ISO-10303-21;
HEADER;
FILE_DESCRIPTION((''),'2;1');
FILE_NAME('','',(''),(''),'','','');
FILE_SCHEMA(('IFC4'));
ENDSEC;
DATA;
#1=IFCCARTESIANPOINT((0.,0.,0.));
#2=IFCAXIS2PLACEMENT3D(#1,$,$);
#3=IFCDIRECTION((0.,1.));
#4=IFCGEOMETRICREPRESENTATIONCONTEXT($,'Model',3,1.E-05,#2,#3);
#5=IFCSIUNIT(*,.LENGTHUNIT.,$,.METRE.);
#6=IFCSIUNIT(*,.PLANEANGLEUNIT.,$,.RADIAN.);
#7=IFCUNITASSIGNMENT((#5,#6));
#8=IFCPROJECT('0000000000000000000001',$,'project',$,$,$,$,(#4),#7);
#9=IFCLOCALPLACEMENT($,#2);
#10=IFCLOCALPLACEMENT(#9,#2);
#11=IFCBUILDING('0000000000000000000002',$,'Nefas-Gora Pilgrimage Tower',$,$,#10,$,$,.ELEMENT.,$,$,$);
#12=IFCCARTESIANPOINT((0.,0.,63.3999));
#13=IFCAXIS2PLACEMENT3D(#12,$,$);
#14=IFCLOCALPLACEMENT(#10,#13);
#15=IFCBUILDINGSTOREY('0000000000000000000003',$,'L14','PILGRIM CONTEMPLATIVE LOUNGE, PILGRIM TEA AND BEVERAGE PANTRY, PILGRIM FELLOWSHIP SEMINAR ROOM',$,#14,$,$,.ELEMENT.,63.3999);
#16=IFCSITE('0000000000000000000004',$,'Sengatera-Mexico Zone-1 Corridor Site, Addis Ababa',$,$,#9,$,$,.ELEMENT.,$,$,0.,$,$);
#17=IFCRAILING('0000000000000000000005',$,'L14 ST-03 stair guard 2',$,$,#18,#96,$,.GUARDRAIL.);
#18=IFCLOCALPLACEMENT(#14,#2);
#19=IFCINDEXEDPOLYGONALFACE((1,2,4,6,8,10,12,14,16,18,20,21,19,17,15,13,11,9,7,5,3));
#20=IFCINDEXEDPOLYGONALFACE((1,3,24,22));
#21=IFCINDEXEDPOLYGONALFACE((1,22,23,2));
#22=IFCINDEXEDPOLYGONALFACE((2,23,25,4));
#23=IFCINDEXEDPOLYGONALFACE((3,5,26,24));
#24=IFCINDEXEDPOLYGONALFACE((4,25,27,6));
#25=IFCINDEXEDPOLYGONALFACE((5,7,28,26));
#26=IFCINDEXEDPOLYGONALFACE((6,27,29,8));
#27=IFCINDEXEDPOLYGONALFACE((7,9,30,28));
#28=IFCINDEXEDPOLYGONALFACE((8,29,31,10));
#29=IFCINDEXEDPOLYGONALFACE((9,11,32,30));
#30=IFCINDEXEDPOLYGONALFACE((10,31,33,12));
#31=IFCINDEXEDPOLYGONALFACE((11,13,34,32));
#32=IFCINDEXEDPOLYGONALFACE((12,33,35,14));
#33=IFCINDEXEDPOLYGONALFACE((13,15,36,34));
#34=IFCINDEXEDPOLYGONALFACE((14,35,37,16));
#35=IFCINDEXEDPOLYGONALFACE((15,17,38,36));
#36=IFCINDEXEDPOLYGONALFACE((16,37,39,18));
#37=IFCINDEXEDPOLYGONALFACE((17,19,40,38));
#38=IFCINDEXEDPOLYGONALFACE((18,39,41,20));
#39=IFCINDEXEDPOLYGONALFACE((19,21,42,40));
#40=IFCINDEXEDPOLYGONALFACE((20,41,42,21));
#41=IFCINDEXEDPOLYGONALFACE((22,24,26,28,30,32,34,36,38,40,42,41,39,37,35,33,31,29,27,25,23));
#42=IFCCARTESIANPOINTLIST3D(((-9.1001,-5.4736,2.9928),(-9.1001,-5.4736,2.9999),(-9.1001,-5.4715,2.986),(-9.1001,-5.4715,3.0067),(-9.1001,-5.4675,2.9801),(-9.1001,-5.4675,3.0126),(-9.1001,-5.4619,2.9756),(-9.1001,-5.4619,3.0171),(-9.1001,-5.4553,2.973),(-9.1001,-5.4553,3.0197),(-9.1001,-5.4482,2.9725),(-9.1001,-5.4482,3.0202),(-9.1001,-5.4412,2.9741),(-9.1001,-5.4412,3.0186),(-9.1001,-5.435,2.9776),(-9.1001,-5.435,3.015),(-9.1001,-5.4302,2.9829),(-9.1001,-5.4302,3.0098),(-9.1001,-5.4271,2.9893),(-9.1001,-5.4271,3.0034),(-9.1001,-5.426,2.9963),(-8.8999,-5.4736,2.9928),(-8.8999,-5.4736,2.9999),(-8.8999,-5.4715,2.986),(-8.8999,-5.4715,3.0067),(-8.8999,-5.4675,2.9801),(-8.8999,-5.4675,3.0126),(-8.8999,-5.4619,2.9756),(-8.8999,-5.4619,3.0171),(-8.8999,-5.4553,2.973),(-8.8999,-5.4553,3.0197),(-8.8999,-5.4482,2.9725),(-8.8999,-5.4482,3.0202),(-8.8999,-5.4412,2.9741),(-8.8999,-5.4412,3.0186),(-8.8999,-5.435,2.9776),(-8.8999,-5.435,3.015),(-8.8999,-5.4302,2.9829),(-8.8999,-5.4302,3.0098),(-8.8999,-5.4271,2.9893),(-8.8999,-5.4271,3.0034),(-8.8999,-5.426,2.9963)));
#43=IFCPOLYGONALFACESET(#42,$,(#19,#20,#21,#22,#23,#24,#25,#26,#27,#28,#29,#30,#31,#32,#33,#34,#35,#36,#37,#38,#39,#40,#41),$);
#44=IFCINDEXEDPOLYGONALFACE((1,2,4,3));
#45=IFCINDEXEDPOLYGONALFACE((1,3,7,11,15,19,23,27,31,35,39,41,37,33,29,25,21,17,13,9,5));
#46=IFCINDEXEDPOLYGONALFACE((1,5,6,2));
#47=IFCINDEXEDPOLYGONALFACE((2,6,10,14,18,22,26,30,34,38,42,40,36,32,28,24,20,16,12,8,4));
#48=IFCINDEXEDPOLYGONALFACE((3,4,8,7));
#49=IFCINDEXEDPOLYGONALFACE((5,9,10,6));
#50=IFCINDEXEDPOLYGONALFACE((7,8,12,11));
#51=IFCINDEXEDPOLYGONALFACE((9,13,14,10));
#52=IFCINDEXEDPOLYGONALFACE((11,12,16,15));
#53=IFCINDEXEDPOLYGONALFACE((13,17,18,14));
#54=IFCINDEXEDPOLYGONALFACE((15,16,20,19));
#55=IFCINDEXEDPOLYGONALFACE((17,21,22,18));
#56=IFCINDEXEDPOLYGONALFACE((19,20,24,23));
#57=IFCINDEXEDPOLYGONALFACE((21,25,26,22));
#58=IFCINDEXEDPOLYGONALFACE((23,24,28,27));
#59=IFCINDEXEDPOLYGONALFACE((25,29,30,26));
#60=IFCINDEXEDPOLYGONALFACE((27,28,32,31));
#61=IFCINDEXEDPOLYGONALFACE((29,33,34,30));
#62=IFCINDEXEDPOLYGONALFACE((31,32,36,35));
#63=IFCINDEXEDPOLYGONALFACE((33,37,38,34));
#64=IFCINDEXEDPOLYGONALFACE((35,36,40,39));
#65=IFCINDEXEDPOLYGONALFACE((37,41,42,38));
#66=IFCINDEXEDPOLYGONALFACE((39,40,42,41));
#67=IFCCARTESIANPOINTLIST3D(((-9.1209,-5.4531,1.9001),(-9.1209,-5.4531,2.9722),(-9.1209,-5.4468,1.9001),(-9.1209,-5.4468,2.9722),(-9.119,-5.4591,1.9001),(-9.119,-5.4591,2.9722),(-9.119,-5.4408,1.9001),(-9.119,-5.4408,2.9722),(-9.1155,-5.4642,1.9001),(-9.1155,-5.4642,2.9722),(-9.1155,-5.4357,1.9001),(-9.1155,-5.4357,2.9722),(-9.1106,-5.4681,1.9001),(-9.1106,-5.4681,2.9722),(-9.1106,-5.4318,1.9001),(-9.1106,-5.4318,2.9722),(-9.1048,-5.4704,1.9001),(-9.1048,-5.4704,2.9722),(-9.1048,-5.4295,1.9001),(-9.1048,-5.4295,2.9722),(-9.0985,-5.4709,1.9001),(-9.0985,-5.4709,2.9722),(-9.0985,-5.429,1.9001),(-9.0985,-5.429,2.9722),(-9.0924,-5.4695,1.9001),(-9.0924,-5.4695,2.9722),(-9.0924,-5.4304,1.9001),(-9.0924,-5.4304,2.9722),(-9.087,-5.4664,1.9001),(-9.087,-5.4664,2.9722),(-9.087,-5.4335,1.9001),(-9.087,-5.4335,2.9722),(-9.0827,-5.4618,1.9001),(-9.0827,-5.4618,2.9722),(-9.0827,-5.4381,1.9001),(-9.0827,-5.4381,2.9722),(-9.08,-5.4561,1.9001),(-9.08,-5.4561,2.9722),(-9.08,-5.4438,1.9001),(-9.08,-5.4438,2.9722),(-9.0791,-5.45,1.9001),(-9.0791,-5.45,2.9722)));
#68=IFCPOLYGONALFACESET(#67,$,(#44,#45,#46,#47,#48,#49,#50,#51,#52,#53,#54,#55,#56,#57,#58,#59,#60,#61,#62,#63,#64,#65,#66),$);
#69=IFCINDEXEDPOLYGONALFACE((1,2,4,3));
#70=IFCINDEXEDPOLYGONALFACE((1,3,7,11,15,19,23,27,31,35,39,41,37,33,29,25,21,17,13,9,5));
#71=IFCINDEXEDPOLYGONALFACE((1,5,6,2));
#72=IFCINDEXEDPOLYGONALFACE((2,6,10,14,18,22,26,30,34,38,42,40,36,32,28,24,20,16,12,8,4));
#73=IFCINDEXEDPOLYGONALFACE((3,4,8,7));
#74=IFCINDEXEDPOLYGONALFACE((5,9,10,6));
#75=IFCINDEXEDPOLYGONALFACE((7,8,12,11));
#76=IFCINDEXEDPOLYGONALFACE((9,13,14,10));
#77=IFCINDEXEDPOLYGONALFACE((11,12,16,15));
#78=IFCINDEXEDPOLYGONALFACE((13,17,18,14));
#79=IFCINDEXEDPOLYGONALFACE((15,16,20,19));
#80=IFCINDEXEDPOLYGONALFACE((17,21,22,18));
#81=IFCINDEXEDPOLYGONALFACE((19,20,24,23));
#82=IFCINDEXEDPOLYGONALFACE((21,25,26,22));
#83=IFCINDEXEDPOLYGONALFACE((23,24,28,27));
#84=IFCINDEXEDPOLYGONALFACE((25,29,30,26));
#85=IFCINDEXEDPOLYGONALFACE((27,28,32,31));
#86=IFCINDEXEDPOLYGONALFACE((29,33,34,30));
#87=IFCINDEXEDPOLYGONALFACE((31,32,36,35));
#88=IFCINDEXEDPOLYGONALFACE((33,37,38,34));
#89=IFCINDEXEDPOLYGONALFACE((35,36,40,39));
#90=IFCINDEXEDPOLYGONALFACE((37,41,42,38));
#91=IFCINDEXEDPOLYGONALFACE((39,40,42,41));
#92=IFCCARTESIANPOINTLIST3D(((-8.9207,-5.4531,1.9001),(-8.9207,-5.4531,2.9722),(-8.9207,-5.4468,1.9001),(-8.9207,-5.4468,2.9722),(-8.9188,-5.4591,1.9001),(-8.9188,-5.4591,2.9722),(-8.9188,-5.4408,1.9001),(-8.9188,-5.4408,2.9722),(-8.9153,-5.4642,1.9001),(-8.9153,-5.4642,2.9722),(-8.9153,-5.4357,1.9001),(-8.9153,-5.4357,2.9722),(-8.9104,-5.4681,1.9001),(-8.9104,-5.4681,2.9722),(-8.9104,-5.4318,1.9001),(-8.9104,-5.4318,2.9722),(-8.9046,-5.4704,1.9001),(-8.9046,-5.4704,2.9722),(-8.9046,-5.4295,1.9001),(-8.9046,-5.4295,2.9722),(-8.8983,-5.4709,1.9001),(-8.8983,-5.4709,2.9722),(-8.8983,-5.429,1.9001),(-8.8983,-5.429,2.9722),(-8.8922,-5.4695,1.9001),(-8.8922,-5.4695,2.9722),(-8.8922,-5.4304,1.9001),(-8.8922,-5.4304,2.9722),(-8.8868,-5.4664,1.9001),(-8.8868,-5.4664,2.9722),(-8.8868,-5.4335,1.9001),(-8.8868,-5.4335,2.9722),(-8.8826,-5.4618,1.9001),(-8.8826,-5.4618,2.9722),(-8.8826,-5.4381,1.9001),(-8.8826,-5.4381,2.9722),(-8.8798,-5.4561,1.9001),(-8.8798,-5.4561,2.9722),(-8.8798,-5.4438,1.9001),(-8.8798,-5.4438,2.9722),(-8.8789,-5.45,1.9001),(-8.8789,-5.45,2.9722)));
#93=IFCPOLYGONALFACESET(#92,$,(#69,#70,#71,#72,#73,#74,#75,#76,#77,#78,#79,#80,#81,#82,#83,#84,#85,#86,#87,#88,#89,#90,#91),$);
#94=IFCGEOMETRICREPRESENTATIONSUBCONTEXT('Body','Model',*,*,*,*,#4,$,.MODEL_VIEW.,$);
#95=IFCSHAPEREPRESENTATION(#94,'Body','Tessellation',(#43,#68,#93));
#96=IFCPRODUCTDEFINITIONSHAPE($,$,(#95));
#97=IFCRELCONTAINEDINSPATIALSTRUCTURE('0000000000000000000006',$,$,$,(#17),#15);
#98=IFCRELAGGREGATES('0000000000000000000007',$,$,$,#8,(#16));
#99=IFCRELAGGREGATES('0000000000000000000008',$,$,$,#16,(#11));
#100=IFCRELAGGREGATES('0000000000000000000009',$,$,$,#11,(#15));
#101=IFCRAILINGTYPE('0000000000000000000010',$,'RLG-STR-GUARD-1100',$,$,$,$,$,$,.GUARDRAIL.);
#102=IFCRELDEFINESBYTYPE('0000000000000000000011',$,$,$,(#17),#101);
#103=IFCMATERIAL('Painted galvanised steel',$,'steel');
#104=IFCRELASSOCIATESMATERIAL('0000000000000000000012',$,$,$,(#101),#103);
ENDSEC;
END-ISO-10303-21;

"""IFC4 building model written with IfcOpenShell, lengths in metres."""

from ifc_helpers import new_model, si_unit, direction, frame, origin, origin_2d, place, context, subcontext, project, spatial, circle, extrude, material, type_object, element, save


model = new_model("IFC4")

# Units and contexts
model_context = context("Model", 3, precision=1e-05, world=origin(), true_north=direction((0.0, 1.0)))
body_context = subcontext(model_context, "Body", "Model", "MODEL_VIEW")
ifc_project = project(units=[si_unit("LENGTHUNIT", "METRE"), si_unit("PLANEANGLEUNIT", "RADIAN")], contexts=[model_context])

# Site, building, storey
site_placement = place(None, origin())
site = spatial("IfcSite", under=ifc_project, at=site_placement, Name="Sengatera-Mexico Zone-1 Corridor Site, Addis Ababa", CompositionType="ELEMENT", RefElevation=0.0)
building_placement = place(site_placement, origin())
building = spatial("IfcBuilding", under=site, at=building_placement, Name="Nefas-Gora Pilgrimage Tower", CompositionType="ELEMENT")
storey_placement = place(building_placement, frame((0.0, 0.0, 63.3999)))
storey = spatial("IfcBuildingStorey", under=building, at=storey_placement, Name="L14", Description="PILGRIM CONTEMPLATIVE LOUNGE, PILGRIM TEA AND BEVERAGE PANTRY, PILGRIM FELLOWSHIP SEMINAR ROOM", CompositionType="ELEMENT", Elevation=63.3999)

# Railing
ifc_material_1 = material(Name="Painted galvanised steel", Category="steel")
railing_type_1 = type_object("IfcRailingType", Name="RLG-STR-GUARD-1100", PredefinedType="GUARDRAIL", material=ifc_material_1)
railing_1_placement = place(storey_placement, frame((-9.1001, -5.45, 1.9001)))
element("IfcRailing", 1, at=railing_1_placement, inside=storey, type_object=railing_type_1, Name="L14 ST-03 stair guard 2", PredefinedType="GUARDRAIL", context=body_context, shape_type="SweptSolid", body=[
    extrude(circle(Radius=0.0239, at=origin_2d()), frame((0.0, 0.0, 1.0962), z_axis=(1.0, 0.0, 0.0), x_axis=(0.0, 1.0, 0.0)), (0.0, 0.0, 1.0), 0.2002),
    extrude(circle(Radius=0.021, at=origin_2d()), origin(), (0.0, 0.0, 1.0), 1.072),
    extrude(circle(Radius=0.021, at=origin_2d()), frame((0.2002, 0.0, 0.0)), (0.0, 0.0, 1.0), 1.072),
])

save(model, "model.ifc")
